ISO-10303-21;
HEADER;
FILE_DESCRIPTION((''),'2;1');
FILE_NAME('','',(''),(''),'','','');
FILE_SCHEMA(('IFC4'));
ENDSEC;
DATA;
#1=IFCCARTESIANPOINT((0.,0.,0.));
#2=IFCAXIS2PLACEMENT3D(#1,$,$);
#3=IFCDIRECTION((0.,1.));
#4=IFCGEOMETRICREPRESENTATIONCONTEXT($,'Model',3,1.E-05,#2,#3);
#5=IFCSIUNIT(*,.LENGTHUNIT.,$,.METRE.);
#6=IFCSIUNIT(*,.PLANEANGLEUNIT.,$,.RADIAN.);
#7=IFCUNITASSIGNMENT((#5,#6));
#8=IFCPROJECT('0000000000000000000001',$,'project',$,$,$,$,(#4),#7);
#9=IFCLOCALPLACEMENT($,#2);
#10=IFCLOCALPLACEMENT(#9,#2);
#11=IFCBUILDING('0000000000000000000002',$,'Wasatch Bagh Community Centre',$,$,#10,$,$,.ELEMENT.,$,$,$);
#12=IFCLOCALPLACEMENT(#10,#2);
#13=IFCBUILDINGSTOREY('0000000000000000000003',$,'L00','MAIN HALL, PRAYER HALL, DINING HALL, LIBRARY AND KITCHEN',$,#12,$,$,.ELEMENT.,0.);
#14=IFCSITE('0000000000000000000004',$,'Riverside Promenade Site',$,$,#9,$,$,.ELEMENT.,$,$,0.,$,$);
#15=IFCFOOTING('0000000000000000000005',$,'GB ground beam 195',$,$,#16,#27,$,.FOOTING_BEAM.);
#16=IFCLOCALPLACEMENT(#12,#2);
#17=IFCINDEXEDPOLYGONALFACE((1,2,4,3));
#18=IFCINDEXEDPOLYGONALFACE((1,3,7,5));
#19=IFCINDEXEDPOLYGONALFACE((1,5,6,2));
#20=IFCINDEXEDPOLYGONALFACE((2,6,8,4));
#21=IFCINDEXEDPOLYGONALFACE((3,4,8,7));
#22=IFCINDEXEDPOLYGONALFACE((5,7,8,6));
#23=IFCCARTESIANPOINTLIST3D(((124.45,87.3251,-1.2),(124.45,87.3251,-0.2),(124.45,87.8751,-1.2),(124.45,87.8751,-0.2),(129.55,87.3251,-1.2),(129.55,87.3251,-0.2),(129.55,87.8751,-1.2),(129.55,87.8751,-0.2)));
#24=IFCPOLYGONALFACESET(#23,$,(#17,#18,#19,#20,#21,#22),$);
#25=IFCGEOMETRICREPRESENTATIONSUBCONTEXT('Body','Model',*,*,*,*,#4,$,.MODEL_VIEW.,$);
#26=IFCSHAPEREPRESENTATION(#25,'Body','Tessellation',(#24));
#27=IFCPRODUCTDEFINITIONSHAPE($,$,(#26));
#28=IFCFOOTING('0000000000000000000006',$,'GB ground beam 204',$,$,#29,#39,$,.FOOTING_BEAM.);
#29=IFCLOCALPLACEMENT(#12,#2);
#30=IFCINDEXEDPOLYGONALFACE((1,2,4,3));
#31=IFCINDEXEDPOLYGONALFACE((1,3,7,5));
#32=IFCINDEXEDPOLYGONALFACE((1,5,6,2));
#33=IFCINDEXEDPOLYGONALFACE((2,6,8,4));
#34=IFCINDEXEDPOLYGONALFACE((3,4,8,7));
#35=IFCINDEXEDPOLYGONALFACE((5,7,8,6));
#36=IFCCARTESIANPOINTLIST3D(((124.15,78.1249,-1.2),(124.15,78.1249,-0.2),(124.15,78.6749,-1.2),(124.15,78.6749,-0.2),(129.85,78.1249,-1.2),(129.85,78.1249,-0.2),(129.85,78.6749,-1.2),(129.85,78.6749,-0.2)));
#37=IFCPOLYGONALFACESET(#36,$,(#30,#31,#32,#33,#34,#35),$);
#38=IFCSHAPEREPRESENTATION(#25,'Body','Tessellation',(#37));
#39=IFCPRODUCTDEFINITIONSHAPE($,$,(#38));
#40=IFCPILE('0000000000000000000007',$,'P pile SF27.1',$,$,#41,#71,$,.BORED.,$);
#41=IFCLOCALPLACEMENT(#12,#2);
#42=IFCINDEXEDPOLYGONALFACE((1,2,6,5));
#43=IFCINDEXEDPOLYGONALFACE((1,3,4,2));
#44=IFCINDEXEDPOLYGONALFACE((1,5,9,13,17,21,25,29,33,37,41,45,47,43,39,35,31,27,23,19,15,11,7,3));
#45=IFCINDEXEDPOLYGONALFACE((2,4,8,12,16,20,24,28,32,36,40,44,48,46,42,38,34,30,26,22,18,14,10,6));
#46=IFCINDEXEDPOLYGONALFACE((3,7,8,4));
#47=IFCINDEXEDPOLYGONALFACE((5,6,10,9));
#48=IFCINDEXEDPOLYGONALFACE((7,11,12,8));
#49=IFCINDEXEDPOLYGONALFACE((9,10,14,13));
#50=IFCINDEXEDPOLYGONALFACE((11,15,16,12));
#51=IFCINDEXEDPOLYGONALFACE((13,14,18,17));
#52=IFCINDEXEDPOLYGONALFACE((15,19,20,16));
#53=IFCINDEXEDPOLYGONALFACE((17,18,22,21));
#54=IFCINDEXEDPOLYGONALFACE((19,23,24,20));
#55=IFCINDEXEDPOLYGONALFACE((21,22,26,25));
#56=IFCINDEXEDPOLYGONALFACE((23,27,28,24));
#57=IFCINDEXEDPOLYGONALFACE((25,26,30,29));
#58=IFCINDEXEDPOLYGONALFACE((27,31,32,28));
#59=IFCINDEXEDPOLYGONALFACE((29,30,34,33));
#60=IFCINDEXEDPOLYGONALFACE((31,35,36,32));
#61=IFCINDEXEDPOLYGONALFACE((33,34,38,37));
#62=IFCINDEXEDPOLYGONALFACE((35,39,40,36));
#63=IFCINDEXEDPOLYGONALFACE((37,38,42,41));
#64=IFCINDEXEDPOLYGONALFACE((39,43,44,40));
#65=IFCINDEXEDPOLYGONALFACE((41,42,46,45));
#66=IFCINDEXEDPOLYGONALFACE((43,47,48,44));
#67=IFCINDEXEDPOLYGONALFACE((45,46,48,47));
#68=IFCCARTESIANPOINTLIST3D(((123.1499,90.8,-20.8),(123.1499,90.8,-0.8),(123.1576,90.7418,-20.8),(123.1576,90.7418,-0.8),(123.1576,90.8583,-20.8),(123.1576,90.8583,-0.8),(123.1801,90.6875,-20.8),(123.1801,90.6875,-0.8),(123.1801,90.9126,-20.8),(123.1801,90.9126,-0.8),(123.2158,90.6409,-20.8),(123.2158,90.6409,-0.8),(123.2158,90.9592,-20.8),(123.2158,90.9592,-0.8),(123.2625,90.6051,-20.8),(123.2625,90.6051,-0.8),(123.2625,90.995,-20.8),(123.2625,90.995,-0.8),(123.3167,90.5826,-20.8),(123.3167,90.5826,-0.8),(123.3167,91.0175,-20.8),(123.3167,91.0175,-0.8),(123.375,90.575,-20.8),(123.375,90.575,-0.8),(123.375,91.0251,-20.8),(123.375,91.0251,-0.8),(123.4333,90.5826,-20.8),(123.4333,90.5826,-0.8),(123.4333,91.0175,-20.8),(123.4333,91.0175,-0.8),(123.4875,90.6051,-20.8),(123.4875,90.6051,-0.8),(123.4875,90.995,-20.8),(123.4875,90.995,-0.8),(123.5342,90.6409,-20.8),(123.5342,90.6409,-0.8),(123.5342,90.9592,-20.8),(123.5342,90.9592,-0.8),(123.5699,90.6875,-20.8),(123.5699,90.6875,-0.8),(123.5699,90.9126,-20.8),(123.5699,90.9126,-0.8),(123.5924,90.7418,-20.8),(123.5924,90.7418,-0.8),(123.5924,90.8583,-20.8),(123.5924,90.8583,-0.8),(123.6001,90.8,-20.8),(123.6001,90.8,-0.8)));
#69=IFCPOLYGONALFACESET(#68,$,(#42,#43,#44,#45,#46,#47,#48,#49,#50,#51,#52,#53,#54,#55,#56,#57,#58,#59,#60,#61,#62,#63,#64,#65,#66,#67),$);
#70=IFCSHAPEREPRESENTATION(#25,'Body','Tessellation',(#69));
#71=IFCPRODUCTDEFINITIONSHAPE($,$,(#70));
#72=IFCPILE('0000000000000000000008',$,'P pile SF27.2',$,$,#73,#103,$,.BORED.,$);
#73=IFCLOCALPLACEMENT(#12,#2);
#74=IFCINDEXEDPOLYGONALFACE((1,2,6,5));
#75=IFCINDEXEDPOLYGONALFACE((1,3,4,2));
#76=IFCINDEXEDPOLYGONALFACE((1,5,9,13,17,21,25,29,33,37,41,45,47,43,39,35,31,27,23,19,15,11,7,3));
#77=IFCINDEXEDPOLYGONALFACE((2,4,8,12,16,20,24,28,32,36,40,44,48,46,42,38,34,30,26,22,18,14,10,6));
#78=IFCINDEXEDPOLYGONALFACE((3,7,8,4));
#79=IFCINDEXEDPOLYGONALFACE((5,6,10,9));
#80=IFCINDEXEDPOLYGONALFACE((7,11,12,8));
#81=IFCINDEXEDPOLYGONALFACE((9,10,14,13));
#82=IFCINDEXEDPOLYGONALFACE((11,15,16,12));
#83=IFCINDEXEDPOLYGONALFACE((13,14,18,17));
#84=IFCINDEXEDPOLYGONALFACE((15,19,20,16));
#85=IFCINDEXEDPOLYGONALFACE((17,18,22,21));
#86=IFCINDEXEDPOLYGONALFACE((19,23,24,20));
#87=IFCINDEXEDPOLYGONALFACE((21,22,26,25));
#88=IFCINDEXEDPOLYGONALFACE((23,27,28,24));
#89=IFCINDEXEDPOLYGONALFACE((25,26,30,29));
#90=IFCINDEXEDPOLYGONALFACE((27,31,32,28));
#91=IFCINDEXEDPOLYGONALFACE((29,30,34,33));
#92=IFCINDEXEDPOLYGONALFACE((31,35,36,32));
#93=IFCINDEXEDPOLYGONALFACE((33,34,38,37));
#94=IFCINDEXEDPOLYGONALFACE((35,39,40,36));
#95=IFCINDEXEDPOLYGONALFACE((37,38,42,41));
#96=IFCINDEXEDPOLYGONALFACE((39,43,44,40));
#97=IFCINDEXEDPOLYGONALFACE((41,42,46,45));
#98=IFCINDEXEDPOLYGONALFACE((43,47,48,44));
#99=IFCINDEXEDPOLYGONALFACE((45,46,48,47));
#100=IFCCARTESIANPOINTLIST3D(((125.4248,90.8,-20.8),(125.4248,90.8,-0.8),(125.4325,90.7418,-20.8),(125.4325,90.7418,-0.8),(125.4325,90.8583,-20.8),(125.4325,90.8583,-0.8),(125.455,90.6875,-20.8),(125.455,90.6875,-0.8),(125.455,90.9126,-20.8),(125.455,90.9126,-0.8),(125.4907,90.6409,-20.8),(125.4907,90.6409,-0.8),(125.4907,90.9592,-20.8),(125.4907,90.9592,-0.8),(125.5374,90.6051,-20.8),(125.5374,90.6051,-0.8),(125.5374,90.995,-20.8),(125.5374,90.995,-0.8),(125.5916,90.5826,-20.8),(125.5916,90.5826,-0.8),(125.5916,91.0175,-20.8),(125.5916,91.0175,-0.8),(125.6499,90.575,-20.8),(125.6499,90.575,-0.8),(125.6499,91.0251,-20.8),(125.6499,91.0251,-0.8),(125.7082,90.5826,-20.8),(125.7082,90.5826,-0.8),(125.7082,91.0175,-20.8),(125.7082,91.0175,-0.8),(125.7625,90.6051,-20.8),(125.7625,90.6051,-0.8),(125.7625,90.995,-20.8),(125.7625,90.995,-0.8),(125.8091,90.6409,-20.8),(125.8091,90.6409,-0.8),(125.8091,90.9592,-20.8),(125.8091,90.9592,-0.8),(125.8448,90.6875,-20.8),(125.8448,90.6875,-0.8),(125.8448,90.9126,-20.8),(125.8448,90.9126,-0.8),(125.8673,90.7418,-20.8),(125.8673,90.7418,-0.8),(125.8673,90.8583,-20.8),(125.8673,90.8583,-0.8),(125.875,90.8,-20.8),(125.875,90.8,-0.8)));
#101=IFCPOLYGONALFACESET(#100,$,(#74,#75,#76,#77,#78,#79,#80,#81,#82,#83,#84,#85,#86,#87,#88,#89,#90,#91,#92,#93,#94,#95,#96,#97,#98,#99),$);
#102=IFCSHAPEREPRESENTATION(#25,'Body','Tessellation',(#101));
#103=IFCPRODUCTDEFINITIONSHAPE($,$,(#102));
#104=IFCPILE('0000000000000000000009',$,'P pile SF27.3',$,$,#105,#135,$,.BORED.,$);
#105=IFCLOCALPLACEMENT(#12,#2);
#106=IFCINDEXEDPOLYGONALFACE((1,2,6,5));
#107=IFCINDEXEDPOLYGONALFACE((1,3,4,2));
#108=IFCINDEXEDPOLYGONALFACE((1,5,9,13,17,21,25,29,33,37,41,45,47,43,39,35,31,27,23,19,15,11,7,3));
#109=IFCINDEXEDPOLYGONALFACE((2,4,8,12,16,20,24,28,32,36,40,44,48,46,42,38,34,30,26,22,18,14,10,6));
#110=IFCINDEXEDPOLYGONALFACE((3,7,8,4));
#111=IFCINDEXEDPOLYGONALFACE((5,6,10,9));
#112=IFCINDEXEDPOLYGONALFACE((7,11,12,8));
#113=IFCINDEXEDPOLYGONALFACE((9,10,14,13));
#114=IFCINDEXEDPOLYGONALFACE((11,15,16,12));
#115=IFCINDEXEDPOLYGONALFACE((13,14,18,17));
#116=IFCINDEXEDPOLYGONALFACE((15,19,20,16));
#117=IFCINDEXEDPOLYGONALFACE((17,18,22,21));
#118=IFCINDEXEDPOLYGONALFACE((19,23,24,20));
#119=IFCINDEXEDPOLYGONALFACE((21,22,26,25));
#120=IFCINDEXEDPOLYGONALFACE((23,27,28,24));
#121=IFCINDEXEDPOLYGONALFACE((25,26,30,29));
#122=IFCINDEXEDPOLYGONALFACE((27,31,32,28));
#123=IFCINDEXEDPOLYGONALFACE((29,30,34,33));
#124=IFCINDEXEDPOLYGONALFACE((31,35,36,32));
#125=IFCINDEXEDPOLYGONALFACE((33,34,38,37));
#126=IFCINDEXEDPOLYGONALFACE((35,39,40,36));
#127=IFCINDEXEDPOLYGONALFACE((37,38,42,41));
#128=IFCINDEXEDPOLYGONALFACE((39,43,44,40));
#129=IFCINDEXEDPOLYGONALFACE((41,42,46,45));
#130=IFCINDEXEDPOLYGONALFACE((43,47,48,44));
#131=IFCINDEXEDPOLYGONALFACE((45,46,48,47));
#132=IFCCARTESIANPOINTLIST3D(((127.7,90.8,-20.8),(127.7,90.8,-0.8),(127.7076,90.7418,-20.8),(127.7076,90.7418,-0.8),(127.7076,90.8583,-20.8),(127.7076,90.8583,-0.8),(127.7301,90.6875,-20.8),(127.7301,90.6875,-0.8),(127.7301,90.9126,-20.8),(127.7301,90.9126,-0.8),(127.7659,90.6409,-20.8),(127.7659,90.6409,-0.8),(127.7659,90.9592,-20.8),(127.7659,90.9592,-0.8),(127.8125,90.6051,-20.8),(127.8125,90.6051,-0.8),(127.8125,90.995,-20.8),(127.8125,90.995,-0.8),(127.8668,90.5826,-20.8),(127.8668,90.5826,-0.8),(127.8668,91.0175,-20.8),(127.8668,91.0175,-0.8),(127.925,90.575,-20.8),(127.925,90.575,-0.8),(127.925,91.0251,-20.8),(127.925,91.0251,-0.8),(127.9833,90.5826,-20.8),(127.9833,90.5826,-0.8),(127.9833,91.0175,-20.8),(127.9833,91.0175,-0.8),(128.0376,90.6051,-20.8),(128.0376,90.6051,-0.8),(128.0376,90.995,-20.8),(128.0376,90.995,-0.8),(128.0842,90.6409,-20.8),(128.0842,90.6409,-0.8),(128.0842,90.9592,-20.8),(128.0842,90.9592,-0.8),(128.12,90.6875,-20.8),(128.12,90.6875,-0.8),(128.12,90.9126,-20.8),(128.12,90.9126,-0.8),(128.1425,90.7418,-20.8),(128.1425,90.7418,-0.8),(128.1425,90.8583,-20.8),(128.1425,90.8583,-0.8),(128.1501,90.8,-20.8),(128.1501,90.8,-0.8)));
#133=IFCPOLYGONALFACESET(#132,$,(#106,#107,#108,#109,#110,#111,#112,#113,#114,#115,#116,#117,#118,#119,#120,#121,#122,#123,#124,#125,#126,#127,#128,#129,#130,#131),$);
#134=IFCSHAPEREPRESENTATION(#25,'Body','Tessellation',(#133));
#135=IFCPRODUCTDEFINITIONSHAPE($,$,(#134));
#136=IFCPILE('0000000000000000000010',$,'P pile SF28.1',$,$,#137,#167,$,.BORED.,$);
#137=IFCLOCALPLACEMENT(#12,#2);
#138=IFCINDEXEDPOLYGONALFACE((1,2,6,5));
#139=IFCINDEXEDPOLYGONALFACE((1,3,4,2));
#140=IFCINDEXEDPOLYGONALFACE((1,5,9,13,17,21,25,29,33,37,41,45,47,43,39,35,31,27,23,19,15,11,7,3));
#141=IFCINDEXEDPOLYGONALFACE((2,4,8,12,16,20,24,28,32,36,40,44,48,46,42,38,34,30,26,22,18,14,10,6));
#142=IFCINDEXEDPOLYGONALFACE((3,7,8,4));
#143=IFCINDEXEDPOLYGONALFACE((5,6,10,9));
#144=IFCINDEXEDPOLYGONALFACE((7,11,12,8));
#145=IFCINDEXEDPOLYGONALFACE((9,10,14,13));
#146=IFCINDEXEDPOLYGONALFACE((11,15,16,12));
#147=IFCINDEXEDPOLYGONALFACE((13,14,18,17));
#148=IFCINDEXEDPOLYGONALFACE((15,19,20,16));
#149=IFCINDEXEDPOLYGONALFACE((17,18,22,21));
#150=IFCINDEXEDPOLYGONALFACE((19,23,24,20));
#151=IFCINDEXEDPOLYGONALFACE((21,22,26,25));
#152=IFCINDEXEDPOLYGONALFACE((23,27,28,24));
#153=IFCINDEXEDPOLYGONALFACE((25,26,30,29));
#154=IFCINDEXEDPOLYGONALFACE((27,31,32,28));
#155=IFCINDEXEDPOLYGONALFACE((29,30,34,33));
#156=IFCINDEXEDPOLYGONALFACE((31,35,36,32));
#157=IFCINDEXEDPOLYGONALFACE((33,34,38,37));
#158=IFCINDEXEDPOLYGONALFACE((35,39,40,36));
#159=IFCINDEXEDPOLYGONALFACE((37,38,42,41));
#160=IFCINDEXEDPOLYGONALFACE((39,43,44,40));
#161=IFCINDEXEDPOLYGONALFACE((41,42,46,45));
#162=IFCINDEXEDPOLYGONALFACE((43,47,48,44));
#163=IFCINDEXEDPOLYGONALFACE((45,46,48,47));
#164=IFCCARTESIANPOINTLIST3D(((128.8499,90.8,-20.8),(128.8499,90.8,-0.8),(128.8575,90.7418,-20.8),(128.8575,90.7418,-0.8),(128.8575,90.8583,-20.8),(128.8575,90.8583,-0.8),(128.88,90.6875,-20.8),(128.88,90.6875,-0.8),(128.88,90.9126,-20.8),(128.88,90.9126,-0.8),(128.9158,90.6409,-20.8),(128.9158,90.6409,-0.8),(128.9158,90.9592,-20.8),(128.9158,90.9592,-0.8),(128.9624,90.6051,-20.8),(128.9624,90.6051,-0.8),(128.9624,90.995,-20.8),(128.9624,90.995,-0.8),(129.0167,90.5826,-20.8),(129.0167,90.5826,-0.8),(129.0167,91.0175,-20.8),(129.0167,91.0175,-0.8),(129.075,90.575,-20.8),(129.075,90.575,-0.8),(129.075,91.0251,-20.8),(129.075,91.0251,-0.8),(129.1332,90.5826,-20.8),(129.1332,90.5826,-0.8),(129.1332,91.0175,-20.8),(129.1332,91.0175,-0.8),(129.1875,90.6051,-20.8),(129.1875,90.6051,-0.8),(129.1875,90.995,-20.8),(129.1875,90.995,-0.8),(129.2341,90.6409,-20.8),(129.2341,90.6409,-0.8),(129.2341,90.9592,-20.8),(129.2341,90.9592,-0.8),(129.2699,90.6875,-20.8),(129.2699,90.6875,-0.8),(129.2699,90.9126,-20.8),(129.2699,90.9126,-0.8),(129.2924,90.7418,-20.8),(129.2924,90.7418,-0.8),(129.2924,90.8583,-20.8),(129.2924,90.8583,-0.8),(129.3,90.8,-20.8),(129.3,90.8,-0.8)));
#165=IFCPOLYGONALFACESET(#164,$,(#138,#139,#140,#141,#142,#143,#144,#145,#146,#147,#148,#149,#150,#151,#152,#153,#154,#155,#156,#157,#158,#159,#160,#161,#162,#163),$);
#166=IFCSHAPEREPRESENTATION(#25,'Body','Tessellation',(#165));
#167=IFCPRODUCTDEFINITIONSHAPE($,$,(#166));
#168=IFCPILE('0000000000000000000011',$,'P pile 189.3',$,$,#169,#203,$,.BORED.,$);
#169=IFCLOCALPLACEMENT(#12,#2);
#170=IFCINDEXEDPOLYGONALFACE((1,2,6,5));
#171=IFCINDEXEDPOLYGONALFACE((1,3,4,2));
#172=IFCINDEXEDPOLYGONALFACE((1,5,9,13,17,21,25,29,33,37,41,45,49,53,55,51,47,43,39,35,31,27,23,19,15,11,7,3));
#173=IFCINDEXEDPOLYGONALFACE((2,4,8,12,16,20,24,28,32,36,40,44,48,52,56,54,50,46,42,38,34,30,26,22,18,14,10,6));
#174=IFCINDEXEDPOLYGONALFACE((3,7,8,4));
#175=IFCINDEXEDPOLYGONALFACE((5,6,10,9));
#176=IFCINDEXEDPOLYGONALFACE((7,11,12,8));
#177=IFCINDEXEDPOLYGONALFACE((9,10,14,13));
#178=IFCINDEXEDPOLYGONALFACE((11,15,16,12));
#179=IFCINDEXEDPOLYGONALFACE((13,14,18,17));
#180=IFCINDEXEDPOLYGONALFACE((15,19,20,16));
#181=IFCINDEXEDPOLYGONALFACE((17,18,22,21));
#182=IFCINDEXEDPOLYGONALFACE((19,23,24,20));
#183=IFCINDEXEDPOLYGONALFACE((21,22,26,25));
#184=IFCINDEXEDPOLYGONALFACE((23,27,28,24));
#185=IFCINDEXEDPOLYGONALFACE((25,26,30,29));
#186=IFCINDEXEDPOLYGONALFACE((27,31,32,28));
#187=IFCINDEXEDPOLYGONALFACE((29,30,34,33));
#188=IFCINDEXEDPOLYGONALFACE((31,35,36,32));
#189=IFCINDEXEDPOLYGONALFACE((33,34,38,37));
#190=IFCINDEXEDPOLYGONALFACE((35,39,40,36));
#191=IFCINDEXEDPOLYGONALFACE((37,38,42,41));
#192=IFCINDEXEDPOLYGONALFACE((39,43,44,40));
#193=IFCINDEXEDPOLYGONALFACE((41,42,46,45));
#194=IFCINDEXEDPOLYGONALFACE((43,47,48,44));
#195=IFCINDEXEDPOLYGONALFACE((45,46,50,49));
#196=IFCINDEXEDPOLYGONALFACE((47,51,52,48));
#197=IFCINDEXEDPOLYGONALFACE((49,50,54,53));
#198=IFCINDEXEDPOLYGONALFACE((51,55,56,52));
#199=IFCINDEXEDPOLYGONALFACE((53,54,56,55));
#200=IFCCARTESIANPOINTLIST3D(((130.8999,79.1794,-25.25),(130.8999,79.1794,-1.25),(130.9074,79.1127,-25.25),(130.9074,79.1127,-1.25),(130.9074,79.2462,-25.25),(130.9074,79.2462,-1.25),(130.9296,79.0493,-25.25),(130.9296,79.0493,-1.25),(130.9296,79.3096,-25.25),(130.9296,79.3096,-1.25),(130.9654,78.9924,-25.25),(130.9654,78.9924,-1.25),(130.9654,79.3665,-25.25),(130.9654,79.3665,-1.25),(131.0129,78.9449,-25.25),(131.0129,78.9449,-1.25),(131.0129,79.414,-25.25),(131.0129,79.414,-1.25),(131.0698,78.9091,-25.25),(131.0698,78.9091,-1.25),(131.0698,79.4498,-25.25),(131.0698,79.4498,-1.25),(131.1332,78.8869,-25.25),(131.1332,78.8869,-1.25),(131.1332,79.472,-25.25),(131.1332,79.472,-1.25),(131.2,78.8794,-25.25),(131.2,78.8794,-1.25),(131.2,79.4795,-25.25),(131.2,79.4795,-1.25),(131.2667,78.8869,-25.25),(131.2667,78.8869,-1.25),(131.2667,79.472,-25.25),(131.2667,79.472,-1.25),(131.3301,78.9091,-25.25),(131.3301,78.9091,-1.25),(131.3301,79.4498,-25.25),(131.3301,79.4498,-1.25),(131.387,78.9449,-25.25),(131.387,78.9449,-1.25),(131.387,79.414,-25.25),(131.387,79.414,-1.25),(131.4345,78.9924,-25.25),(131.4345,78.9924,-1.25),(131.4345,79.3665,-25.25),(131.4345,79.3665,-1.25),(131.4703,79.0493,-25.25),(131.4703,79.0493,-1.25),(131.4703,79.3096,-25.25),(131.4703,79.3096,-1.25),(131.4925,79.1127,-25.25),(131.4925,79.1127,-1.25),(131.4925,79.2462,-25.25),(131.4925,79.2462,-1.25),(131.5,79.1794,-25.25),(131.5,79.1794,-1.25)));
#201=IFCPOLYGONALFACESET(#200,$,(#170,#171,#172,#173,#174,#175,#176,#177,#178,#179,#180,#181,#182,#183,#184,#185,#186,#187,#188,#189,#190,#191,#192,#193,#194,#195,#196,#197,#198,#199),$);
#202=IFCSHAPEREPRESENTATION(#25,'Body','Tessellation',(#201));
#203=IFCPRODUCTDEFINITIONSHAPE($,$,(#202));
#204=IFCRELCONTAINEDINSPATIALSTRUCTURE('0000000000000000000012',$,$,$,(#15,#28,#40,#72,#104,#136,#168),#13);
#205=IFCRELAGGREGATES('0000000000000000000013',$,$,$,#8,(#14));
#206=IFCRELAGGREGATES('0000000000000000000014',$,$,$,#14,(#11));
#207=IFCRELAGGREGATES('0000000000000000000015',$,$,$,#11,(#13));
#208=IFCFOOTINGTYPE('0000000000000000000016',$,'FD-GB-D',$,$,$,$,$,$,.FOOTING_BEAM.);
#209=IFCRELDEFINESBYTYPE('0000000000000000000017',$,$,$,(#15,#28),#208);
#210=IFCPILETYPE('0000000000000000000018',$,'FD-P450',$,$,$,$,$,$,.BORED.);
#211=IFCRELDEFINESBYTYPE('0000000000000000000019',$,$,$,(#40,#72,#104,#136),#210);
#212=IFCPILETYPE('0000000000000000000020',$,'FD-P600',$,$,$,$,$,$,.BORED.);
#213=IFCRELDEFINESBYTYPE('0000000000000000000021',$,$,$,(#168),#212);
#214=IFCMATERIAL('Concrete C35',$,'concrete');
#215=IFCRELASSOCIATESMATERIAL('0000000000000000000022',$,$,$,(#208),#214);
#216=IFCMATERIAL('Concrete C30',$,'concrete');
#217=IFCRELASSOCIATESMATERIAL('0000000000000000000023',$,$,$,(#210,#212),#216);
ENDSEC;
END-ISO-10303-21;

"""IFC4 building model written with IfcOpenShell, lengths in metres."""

from ifc_helpers import new_model, si_unit, direction, frame, origin, origin_2d, place, context, subcontext, project, spatial, rectangle, circle, extrude, material, material_profile, profile_set, type_object, element, save


model = new_model("IFC4")

# Units and contexts
model_context = context("Model", 3, precision=1e-05, world=origin(), true_north=direction((0.0, 1.0)))
body_context = subcontext(model_context, "Body", "Model", "MODEL_VIEW")
ifc_project = project(units=[si_unit("LENGTHUNIT", "METRE"), si_unit("PLANEANGLEUNIT", "RADIAN")], contexts=[model_context])

# Site, building, storey
site_placement = place(None, origin())
site = spatial("IfcSite", under=ifc_project, at=site_placement, Name="Riverside Promenade Site", CompositionType="ELEMENT", RefElevation=0.0)
building_placement = place(site_placement, origin())
building = spatial("IfcBuilding", under=site, at=building_placement, Name="Wasatch Bagh Community Centre", CompositionType="ELEMENT")
storey_placement = place(building_placement, origin())
storey = spatial("IfcBuildingStorey", under=building, at=storey_placement, Name="L00", Description="MAIN HALL, PRAYER HALL, DINING HALL, LIBRARY AND KITCHEN", CompositionType="ELEMENT", Elevation=0.0)

# Footings
ifc_material_1 = material(Name="Concrete C35", Category="concrete")
footing_type_1 = type_object("IfcFootingType", Name="FD-GB-D", PredefinedType="FOOTING_BEAM", material=ifc_material_1)
footing_1_placement = place(storey_placement, frame((127.0, 87.6001, -1.2), z_axis=(0.0, 0.0, 1.0), x_axis=(1.0, 0.0, 0.0)))
element("IfcFooting", 1, at=footing_1_placement, inside=storey, type_object=footing_type_1, Name="GB ground beam 195", PredefinedType="FOOTING_BEAM", context=body_context, shape_type="SweptSolid", body=[
    extrude(rectangle(XDim=5.1001, YDim=0.55, at=origin_2d()), origin(), (0.0, 0.0, 1.0), 1.0),
])
footing_2_placement = place(storey_placement, frame((127.0, 78.3999, -1.2), z_axis=(0.0, 0.0, 1.0), x_axis=(1.0, 0.0, 0.0)))
element("IfcFooting", 2, at=footing_2_placement, inside=storey, type_object=footing_type_1, Name="GB ground beam 204", PredefinedType="FOOTING_BEAM", context=body_context, shape_type="SweptSolid", body=[
    extrude(rectangle(XDim=5.7, YDim=0.55, at=origin_2d()), origin(), (0.0, 0.0, 1.0), 1.0),
])

# Piles
ifc_material_2 = material(Name="Concrete C30", Category="concrete")
ifc_material_profile_1 = material_profile(ifc_material_2, circle(Radius=0.2251, at=origin_2d()), Name="RC D450")
ifc_profile_set_1 = profile_set([ifc_material_profile_1], Name="Concrete C30")
pile_type_1 = type_object("IfcPileType", Name="FD-P450", PredefinedType="BORED", material=ifc_profile_set_1)
for number, where, z_axis, x_axis, name in (
    (3, (123.375, 90.8, -0.8), (0.0, 0.0, -1.0), (1.0, 0.0, 0.0), "P pile SF27.1"),
    (4, (125.6499, 90.8, -0.8), (0.0, 0.0, -1.0), (1.0, 0.0, 0.0), "P pile SF27.2"),
    (5, (127.925, 90.8, -0.8), (0.0, 0.0, -1.0), (1.0, 0.0, 0.0), "P pile SF27.3"),
    (6, (129.075, 90.8, -0.8), (0.0, 0.0, -1.0), (1.0, 0.0, 0.0), "P pile SF28.1"),
):
    element("IfcPile", number, at=place(storey_placement, frame(where, z_axis=z_axis, x_axis=x_axis)), inside=storey, type_object=pile_type_1, Name=name, PredefinedType="BORED", context=body_context, shape_type="SweptSolid", body=[
        extrude(circle(Radius=0.2251, at=origin_2d()), origin(), (0.0, 0.0, 1.0), 20.0),
    ])
ifc_material_profile_2 = material_profile(ifc_material_2, circle(Radius=0.3, at=origin_2d()), Name="RC D600")
ifc_profile_set_2 = profile_set([ifc_material_profile_2], Name="Concrete C30")
pile_type_2 = type_object("IfcPileType", Name="FD-P600", PredefinedType="BORED", material=ifc_profile_set_2)
pile_placement = place(storey_placement, frame((131.2, 79.1794, -1.25), z_axis=(0.0, 0.0, -1.0), x_axis=(1.0, 0.0, 0.0)))
element("IfcPile", 7, at=pile_placement, inside=storey, type_object=pile_type_2, Name="P pile 189.3", PredefinedType="BORED", context=body_context, shape_type="SweptSolid", body=[
    extrude(circle(Radius=0.3, at=origin_2d()), origin(), (0.0, 0.0, 1.0), 24.0),
])

save(model, "model.ifc")
